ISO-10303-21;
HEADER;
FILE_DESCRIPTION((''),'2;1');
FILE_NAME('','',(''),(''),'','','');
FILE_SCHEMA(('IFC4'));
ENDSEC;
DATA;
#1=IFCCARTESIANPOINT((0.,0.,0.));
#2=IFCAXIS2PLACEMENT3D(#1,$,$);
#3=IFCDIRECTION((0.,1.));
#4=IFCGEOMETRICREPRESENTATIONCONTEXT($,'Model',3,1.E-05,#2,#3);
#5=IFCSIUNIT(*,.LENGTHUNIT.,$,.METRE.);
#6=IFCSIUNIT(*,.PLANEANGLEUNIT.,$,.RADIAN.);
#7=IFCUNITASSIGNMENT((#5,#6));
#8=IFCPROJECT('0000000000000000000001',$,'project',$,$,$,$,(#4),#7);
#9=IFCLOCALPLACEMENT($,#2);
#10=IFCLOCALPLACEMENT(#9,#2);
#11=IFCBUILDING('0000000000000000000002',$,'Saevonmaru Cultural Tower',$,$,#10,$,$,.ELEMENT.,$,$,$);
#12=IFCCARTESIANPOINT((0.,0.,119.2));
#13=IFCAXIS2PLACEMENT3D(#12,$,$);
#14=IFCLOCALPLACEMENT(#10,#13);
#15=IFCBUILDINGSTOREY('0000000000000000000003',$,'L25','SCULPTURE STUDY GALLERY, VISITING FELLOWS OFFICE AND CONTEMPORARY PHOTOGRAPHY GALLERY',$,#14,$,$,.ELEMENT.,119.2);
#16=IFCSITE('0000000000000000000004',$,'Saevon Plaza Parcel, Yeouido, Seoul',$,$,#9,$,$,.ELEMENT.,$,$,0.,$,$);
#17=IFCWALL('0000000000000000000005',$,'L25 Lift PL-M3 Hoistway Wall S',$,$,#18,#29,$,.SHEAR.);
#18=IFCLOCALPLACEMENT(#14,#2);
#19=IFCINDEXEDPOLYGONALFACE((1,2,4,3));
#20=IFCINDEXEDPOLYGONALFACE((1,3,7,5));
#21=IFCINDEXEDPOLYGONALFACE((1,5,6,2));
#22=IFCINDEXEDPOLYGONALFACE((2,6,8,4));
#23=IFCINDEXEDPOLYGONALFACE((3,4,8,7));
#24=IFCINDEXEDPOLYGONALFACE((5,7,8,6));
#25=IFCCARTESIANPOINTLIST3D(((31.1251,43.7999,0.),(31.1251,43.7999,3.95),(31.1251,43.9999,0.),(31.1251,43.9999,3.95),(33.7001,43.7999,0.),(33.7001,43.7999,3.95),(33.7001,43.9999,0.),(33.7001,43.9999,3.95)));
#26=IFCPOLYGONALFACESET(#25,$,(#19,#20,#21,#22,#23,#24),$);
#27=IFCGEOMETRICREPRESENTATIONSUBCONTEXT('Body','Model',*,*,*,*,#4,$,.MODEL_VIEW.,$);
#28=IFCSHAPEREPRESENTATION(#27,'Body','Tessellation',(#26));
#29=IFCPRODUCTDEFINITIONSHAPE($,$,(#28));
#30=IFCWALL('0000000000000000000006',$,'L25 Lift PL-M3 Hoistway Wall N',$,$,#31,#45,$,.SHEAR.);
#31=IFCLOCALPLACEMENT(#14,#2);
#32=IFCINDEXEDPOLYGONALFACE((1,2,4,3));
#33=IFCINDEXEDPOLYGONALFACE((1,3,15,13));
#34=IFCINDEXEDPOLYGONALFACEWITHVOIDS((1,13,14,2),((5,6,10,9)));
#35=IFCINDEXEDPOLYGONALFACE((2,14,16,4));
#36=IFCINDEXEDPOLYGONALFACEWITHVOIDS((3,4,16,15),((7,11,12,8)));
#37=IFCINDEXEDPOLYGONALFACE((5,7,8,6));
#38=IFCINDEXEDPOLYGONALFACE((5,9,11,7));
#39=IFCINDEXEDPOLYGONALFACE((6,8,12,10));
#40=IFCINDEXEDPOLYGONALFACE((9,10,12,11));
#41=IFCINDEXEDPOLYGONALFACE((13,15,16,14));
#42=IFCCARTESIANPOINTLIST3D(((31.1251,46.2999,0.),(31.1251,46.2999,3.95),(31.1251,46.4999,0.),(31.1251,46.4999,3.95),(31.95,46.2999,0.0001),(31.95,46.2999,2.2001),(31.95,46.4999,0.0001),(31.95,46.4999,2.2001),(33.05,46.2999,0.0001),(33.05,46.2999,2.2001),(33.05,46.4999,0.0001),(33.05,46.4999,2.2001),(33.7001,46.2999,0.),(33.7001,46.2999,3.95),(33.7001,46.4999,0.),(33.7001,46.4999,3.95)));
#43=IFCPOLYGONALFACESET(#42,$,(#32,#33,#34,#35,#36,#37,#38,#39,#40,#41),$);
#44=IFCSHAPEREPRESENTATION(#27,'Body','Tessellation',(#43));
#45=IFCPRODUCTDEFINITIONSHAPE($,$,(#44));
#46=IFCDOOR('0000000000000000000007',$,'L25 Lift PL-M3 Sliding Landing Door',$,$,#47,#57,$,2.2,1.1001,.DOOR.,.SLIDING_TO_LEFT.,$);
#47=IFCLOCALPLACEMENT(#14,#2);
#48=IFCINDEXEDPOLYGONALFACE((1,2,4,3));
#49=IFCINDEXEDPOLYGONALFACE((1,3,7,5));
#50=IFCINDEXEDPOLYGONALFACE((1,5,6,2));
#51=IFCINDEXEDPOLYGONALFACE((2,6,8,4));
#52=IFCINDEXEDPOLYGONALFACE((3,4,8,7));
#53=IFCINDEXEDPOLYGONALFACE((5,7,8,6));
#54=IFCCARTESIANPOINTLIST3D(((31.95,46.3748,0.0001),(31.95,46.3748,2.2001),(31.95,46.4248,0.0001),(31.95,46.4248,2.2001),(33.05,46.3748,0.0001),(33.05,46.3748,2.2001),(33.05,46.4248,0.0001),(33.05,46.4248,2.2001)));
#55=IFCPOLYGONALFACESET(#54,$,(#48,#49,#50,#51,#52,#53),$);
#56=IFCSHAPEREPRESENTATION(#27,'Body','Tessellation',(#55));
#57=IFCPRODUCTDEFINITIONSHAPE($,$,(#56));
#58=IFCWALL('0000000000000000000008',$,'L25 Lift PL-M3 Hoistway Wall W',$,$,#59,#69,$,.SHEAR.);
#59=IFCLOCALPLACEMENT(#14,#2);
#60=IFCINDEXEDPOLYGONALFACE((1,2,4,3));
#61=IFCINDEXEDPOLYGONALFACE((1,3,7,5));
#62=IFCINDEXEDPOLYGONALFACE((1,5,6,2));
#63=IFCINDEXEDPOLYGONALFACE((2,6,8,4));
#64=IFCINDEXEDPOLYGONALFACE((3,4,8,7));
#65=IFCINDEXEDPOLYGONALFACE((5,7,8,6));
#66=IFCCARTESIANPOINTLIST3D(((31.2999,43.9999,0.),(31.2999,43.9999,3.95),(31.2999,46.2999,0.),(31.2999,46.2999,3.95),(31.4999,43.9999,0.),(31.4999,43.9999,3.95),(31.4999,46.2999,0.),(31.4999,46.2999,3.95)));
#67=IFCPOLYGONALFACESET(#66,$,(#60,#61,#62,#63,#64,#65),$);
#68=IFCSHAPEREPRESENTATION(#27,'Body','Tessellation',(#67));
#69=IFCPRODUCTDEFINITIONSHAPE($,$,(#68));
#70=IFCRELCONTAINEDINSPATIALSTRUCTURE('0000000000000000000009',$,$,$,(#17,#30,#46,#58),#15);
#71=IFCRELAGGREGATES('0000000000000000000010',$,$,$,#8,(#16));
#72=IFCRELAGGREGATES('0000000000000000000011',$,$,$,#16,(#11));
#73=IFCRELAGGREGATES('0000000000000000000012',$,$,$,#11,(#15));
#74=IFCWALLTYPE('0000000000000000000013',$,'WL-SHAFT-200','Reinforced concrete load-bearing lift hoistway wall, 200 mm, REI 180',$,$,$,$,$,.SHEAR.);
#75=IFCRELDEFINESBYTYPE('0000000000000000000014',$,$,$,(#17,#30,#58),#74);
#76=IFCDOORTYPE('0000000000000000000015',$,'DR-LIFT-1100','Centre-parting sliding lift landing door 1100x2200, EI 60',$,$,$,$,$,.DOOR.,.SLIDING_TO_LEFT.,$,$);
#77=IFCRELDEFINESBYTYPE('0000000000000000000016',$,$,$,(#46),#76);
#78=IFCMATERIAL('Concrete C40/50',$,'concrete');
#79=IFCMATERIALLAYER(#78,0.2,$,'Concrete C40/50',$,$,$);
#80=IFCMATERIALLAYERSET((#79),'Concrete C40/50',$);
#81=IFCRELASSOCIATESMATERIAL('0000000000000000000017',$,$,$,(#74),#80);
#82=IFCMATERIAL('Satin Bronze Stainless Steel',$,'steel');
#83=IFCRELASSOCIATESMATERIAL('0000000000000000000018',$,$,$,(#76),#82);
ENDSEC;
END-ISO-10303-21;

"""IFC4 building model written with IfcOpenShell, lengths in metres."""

from ifc_helpers import new_model, si_unit, direction, frame, frame_2d, origin, place, context, subcontext, project, spatial, rectangle, extrude, material, layer, layer_set, type_object, element, fill, save


model = new_model("IFC4")

# Units and contexts
model_context = context("Model", 3, precision=1e-05, world=origin(), true_north=direction((0.0, 1.0)))
body_context = subcontext(model_context, "Body", "Model", "MODEL_VIEW")
ifc_project = project(units=[si_unit("LENGTHUNIT", "METRE"), si_unit("PLANEANGLEUNIT", "RADIAN")], contexts=[model_context])

# Site, building, storey
site_placement = place(None, origin())
site = spatial("IfcSite", under=ifc_project, at=site_placement, Name="Saevon Plaza Parcel, Yeouido, Seoul", CompositionType="ELEMENT", RefElevation=0.0)
building_placement = place(site_placement, origin())
building = spatial("IfcBuilding", under=site, at=building_placement, Name="Saevonmaru Cultural Tower", CompositionType="ELEMENT")
storey_placement = place(building_placement, frame((0.0, 0.0, 119.2)))
storey = spatial("IfcBuildingStorey", under=building, at=storey_placement, Name="L25", Description="SCULPTURE STUDY GALLERY, VISITING FELLOWS OFFICE AND CONTEMPORARY PHOTOGRAPHY GALLERY", CompositionType="ELEMENT", Elevation=119.2)

# Shared definitions
ifc_material_1 = material(Name="Concrete C40/50", Category="concrete")
ifc_layer_1 = layer(ifc_material_1, 0.2, Name="Concrete C40/50")
ifc_layer_set_1 = layer_set([ifc_layer_1], Name="Concrete C40/50")
wall_type_1 = type_object("IfcWallType", Name="WL-SHAFT-200", Description="Reinforced concrete load-bearing lift hoistway wall, 200 mm, REI 180", PredefinedType="SHEAR", material=ifc_layer_set_1)
ifc_material_2 = material(Name="Satin Bronze Stainless Steel", Category="steel")
door_type_1 = type_object("IfcDoorType", Name="DR-LIFT-1100", Description="Centre-parting sliding lift landing door 1100x2200, EI 60", OperationType="SLIDING_TO_LEFT", PredefinedType="DOOR", material=ifc_material_2)

# Wall
wall_1_placement = place(storey_placement, frame((31.125, 43.8999, 0.0), z_axis=(0.0, 0.0, 1.0), x_axis=(1.0, 0.0, 0.0)))
element("IfcWall", 1, at=wall_1_placement, inside=storey, type_object=wall_type_1, Name="L25 Lift PL-M3 Hoistway Wall S", PredefinedType="SHEAR", context=body_context, shape_type="SweptSolid", body=[
    extrude(rectangle(XDim=2.575, YDim=0.2, at=frame_2d((1.2876, 0.0))), origin(), (0.0, 0.0, 1.0), 3.95),
])

# Wall, opening, door
wall_2_placement = place(storey_placement, frame((31.125, 46.3999, 0.0), z_axis=(0.0, 0.0, 1.0), x_axis=(1.0, 0.0, 0.0)))
wall_2 = element("IfcWall", 2, at=wall_2_placement, inside=storey, type_object=wall_type_1, Name="L25 Lift PL-M3 Hoistway Wall N", PredefinedType="SHEAR", context=body_context, shape_type="SweptSolid", body=[
    extrude(rectangle(XDim=2.575, YDim=0.2, at=frame_2d((1.2876, 0.0))), origin(), (0.0, 0.0, 1.0), 3.95),
])
opening_1_placement = place(wall_2_placement, frame((0.825, 0.0, 0.0)))
opening_1 = element("IfcOpeningElement", 3, at=opening_1_placement, cuts=wall_2, PredefinedType="OPENING", context=body_context, shape_type="SweptSolid", body=[
    extrude(rectangle(XDim=1.1001, YDim=2.2, at=frame_2d((0.55, 1.1001))), frame((0.0, 0.1099, 0.0), z_axis=(0.0, -1.0, 0.0), x_axis=(1.0, 0.0, 0.0)), (0.0, 0.0, 1.0), 0.22),
])
door_1_placement = place(opening_1_placement, origin())
door_1 = element("IfcDoor", 4, at=door_1_placement, inside=storey, type_object=door_type_1, Name="L25 Lift PL-M3 Sliding Landing Door", OperationType="SLIDING_TO_LEFT", OverallHeight=2.2, OverallWidth=1.1001, PredefinedType="DOOR", context=body_context, shape_type="SweptSolid", body=[
    extrude(rectangle(XDim=1.1001, YDim=2.2, at=frame_2d((0.55, 1.1001))), frame((0.0, 0.0249, 0.0), z_axis=(0.0, -1.0, 0.0), x_axis=(1.0, 0.0, 0.0)), (0.0, 0.0, 1.0), 0.05),
])
fill(opening_1, door_1)

# Wall
wall_3_placement = place(storey_placement, frame((31.3999, 44.0, 0.0), z_axis=(0.0, 0.0, 1.0), x_axis=(0.0, 1.0, 0.0)))
element("IfcWall", 5, at=wall_3_placement, inside=storey, type_object=wall_type_1, Name="L25 Lift PL-M3 Hoistway Wall W", PredefinedType="SHEAR", context=body_context, shape_type="SweptSolid", body=[
    extrude(rectangle(XDim=2.3, YDim=0.2, at=frame_2d((1.1499, 0.0))), origin(), (0.0, 0.0, 1.0), 3.95),
])

save(model, "model.ifc")
